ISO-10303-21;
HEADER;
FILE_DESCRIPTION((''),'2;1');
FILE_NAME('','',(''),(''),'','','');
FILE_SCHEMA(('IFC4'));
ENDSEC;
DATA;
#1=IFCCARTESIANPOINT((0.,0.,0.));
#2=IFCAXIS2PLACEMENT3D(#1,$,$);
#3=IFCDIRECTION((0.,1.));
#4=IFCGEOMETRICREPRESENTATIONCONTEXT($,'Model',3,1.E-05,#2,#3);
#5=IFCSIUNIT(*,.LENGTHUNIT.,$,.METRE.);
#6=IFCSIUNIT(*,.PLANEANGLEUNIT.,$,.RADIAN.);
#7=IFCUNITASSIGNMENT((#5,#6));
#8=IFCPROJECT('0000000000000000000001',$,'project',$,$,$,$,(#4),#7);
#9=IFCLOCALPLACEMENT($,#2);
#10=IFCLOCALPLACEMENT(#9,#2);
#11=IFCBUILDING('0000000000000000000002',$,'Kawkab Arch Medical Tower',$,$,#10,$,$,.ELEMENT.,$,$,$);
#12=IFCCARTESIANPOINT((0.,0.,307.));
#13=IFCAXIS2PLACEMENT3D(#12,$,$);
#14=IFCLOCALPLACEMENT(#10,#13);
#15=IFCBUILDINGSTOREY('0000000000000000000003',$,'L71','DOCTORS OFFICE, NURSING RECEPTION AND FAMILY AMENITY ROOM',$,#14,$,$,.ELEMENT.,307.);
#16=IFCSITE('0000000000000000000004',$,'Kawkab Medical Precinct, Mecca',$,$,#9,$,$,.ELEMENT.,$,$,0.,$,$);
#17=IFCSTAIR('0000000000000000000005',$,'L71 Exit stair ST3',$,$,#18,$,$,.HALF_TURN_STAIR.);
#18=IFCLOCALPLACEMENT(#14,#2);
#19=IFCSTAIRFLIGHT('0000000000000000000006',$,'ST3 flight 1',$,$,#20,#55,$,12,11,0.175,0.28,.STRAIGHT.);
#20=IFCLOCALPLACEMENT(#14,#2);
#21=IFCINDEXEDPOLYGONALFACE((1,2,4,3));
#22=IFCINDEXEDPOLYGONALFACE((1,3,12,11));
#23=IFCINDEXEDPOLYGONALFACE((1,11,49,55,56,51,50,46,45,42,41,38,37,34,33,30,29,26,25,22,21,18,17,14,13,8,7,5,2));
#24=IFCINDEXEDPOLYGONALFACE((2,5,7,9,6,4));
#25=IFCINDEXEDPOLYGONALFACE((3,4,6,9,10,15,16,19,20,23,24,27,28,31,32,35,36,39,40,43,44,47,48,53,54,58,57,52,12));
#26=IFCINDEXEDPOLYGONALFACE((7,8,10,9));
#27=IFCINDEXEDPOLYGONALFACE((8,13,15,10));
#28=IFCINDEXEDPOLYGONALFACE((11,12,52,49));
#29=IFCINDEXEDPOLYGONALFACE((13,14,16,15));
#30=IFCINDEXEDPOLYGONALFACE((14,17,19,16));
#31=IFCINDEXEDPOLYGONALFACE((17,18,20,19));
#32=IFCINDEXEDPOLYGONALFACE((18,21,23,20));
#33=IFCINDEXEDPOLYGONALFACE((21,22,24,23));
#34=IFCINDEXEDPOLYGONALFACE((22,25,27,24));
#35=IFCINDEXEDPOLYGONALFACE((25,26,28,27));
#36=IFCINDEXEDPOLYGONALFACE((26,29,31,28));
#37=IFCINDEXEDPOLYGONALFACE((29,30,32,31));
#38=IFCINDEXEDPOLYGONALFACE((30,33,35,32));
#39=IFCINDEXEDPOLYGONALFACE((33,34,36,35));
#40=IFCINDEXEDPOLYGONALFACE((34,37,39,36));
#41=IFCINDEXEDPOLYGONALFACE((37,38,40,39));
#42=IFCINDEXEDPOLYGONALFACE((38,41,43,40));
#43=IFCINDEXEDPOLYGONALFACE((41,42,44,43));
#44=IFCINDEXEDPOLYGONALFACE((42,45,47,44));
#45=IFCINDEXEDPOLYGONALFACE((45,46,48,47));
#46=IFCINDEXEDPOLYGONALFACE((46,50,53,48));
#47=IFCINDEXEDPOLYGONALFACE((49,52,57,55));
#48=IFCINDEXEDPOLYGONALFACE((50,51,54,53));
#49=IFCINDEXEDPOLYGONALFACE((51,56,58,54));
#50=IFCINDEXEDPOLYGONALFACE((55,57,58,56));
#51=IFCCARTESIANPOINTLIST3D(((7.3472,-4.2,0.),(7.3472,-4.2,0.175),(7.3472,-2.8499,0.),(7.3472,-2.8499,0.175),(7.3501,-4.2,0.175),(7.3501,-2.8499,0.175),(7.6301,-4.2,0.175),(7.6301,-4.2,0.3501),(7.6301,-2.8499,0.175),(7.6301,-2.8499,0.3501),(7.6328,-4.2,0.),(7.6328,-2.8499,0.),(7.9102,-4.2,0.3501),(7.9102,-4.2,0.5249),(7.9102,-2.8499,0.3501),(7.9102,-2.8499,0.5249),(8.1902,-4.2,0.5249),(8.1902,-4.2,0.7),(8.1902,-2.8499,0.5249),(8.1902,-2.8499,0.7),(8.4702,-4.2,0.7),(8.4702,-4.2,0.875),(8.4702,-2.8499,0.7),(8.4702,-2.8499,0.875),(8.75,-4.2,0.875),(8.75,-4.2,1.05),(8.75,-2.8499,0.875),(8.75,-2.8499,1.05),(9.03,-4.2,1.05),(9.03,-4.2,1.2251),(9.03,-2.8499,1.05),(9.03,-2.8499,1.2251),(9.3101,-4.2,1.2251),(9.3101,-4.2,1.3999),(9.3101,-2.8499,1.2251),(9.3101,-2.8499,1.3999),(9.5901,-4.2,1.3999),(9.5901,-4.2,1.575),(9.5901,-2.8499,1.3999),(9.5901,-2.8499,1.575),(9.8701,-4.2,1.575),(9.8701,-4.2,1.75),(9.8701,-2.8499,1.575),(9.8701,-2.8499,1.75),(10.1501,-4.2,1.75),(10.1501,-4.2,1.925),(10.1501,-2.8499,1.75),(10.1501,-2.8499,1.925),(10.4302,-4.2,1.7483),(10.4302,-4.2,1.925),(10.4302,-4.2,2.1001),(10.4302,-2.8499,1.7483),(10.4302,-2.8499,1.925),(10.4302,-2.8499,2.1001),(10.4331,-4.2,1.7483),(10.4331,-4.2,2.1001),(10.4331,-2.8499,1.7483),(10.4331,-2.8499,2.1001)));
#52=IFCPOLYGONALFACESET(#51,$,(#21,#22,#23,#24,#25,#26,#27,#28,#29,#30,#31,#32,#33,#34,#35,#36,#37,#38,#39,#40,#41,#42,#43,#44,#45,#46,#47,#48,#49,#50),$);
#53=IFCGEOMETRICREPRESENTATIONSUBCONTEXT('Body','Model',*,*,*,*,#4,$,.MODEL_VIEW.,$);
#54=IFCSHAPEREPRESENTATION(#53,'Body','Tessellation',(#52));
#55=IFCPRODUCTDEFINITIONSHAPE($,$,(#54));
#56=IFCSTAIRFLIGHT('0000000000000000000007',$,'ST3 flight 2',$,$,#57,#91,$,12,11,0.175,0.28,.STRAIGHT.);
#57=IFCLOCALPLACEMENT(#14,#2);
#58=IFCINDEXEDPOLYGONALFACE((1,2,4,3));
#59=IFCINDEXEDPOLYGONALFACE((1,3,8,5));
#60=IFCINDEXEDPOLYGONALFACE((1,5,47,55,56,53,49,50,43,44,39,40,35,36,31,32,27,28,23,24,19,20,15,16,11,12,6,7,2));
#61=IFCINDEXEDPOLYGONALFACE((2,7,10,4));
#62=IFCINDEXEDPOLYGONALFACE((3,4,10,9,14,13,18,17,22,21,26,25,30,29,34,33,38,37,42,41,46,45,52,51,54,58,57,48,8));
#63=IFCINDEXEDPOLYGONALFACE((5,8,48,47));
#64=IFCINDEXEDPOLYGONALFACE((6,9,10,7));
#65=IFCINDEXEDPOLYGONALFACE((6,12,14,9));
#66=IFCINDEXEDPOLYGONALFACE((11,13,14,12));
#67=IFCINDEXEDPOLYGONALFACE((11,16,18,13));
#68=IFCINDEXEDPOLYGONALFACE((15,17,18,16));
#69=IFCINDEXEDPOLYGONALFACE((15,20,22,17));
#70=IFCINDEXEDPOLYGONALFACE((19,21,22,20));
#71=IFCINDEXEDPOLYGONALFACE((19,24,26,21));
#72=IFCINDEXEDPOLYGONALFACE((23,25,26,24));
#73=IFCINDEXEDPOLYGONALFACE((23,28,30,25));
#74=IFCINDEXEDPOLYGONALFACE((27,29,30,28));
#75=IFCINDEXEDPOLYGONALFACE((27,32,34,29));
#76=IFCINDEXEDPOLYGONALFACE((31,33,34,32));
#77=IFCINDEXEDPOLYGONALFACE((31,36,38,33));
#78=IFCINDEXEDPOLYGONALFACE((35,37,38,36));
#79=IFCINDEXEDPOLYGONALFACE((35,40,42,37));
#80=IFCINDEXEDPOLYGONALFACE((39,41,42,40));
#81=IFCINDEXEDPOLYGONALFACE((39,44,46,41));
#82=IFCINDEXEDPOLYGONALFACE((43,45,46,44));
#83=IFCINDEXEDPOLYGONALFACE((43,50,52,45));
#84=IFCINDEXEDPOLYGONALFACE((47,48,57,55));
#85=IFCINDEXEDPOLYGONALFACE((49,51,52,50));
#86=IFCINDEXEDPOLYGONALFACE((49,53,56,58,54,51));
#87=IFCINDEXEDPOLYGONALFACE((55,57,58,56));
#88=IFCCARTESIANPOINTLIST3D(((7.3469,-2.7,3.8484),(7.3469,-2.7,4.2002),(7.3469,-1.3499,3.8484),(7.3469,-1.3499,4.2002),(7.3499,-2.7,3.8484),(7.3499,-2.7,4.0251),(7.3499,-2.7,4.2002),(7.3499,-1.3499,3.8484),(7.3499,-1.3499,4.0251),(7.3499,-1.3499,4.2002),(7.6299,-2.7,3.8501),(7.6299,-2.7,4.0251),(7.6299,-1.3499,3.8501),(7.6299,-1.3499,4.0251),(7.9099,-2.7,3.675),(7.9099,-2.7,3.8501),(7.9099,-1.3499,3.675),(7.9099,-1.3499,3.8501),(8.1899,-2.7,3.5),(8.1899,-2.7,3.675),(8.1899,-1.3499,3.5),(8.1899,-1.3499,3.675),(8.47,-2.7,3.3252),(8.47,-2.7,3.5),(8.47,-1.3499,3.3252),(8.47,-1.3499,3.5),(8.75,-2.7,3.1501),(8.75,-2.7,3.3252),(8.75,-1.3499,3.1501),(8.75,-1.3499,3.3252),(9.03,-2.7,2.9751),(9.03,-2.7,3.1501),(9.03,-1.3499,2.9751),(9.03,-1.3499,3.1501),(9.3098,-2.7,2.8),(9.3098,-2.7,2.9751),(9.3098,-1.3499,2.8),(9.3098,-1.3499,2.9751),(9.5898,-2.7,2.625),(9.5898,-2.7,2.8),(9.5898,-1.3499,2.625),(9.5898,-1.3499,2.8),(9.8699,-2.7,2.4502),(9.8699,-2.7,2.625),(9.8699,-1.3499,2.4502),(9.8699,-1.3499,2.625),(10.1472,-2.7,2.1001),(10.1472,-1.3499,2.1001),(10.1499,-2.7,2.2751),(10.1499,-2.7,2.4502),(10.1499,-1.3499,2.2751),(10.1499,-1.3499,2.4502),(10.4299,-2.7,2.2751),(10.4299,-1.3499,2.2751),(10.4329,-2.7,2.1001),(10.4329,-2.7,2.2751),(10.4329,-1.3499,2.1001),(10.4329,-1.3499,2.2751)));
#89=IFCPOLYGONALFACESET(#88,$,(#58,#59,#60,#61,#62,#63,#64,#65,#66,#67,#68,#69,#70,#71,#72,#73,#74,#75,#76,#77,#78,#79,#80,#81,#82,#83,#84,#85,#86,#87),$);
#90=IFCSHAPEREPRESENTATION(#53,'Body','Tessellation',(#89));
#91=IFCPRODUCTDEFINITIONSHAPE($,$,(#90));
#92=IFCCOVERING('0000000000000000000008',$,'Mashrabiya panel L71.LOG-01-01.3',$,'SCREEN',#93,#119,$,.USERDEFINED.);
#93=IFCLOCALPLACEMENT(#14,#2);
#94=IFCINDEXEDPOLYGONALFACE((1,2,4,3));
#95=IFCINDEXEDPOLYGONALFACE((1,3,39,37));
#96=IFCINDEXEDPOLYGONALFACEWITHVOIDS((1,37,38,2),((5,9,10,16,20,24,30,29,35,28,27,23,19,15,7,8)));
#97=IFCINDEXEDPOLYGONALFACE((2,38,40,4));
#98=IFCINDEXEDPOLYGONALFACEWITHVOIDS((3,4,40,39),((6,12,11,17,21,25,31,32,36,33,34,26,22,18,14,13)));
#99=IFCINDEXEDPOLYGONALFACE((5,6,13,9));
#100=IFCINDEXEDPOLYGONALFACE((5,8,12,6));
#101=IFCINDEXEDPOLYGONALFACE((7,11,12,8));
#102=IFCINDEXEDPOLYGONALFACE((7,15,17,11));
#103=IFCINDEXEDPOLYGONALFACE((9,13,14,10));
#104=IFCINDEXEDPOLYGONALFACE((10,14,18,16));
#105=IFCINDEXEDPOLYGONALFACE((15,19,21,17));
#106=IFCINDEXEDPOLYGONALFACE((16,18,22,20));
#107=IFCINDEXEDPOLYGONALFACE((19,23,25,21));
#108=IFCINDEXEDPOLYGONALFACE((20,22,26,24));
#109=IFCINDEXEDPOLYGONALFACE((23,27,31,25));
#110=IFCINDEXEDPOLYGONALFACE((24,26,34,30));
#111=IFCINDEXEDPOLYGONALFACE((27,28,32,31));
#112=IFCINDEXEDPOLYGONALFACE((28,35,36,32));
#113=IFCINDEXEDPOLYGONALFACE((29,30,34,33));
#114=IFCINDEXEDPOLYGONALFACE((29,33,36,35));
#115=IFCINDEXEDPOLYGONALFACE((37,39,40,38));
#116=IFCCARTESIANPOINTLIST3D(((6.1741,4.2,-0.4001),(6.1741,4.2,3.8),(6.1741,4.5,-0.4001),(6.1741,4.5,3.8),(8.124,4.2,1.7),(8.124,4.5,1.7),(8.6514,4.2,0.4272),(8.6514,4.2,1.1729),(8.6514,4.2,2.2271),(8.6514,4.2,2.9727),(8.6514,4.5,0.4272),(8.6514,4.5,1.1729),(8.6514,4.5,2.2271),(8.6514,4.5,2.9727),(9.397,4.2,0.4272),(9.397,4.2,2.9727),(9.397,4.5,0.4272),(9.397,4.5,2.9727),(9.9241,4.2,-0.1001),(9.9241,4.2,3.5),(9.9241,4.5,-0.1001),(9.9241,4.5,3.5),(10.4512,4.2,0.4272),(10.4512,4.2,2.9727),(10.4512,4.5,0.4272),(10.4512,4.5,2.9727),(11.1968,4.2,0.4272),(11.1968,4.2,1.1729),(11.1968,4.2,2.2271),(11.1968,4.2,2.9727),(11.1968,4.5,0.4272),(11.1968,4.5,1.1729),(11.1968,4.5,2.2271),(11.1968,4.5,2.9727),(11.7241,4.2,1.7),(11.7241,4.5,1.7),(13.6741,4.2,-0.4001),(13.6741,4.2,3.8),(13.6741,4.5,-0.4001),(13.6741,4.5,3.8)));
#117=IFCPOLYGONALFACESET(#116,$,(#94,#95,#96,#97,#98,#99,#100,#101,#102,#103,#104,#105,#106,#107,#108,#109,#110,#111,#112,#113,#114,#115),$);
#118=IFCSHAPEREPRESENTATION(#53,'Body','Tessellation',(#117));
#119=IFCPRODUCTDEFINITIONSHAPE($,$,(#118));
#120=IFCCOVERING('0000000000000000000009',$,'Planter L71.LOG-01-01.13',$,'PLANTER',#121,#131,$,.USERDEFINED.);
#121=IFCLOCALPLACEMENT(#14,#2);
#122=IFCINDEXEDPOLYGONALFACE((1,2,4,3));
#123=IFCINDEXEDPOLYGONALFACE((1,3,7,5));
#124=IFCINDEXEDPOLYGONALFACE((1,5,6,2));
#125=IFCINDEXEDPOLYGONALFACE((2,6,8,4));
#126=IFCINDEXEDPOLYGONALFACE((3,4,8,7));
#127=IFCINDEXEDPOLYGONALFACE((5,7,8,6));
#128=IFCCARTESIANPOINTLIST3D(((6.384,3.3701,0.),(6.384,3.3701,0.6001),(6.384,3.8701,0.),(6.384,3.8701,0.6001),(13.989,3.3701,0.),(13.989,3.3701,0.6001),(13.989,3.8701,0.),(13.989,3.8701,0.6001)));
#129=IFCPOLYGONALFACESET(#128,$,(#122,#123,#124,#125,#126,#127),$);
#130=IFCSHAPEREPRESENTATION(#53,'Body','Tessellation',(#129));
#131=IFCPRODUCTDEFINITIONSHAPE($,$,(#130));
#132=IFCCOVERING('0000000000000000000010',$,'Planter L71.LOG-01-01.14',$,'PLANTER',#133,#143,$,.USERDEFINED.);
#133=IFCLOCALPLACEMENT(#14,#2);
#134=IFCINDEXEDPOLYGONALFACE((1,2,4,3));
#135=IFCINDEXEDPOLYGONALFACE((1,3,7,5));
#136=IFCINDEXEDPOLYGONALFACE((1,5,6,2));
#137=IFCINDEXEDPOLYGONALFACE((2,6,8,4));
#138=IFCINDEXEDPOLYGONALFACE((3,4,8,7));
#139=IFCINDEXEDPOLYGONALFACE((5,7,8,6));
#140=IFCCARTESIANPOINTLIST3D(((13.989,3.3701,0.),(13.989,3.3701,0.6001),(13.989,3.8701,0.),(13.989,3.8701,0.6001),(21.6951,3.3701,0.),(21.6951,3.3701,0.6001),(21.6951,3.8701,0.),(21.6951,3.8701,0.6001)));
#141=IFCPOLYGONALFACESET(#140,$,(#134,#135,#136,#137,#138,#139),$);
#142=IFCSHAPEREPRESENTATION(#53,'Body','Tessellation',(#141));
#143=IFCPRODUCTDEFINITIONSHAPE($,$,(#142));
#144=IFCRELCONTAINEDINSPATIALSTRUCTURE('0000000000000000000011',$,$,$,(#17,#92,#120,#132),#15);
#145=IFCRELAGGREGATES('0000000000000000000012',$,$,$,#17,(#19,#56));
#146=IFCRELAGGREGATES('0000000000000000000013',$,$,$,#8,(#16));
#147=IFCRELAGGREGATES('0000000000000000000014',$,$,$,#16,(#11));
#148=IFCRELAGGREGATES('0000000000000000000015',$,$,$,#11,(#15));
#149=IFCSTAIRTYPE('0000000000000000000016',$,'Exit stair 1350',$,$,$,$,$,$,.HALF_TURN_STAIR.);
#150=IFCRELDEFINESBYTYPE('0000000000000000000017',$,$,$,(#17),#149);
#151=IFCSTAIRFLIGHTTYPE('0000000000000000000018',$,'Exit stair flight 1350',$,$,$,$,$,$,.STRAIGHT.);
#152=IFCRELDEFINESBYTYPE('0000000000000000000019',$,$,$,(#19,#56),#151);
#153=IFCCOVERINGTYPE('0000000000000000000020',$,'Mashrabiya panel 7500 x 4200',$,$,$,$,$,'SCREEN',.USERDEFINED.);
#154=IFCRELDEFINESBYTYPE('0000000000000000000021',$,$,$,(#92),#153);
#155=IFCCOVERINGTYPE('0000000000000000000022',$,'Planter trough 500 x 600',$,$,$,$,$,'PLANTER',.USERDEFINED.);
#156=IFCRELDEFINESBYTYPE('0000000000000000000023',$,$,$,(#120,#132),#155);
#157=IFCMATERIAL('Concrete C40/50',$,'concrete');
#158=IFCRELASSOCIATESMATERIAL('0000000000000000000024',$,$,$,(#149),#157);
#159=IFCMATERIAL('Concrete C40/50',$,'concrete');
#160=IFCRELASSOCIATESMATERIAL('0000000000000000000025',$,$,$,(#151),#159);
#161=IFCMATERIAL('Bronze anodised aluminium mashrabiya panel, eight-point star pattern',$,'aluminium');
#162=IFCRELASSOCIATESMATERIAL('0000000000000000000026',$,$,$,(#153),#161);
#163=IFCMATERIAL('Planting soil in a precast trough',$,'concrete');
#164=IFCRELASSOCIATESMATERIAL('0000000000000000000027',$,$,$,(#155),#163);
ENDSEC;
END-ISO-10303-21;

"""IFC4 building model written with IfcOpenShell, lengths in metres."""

from ifc_helpers import new_model, si_unit, direction, frame, origin, origin_2d, place, context, subcontext, project, spatial, polyline, rectangle, outline, extrude, material, material_profile, profile_set, type_object, element, aggregate, save


model = new_model("IFC4")

# Units and contexts
model_context = context("Model", 3, precision=1e-05, world=origin(), true_north=direction((0.0, 1.0)))
body_context = subcontext(model_context, "Body", "Model", "MODEL_VIEW")
ifc_project = project(units=[si_unit("LENGTHUNIT", "METRE"), si_unit("PLANEANGLEUNIT", "RADIAN")], contexts=[model_context])

# Site, building, storey
site_placement = place(None, origin())
site = spatial("IfcSite", under=ifc_project, at=site_placement, Name="Kawkab Medical Precinct, Mecca", CompositionType="ELEMENT", RefElevation=0.0)
building_placement = place(site_placement, origin())
building = spatial("IfcBuilding", under=site, at=building_placement, Name="Kawkab Arch Medical Tower", CompositionType="ELEMENT")
storey_placement = place(building_placement, frame((0.0, 0.0, 307.0)))
storey = spatial("IfcBuildingStorey", under=building, at=storey_placement, Name="L71", Description="DOCTORS OFFICE, NURSING RECEPTION AND FAMILY AMENITY ROOM", CompositionType="ELEMENT", Elevation=307.0)

# Shared definitions
placement = place(storey_placement, origin())

# Stair, stair flights
ifc_material_1 = material(Name="Concrete C40/50", Category="concrete")
stair_type = type_object("IfcStairType", Name="Exit stair 1350", PredefinedType="HALF_TURN_STAIR", material=ifc_material_1)
stair = element("IfcStair", 1, at=placement, inside=storey, type_object=stair_type, Name="L71 Exit stair ST3", PredefinedType="HALF_TURN_STAIR")
ifc_material_2 = material(Name="Concrete C40/50", Category="concrete")
stair_flight_type = type_object("IfcStairFlightType", Name="Exit stair flight 1350", PredefinedType="STRAIGHT", material=ifc_material_2)
stair_flight_1_placement = place(storey_placement, frame((7.3501, -3.5249, 0.0), z_axis=(0.0, 0.0, 1.0), x_axis=(1.0, 0.0, 0.0)))
stair_flight_1 = element("IfcStairFlight", 2, at=stair_flight_1_placement, type_object=stair_flight_type, Name="ST3 flight 1", NumberOfRisers=12, NumberOfTreads=11, PredefinedType="STRAIGHT", RiserHeight=0.175, TreadLength=0.28, context=body_context, shape_type="SweptSolid", body=[
    extrude(outline(polyline([(-0.0029, 0.0), (-0.0029, 0.175), (0.0, 0.175), (0.28, 0.175), (0.28, 0.3501), (0.5601, 0.3501), (0.5601, 0.5249), (0.8401, 0.5249), (0.8401, 0.7), (1.1201, 0.7), (1.1201, 0.875), (1.3999, 0.875), (1.3999, 1.05), (1.6799, 1.05), (1.6799, 1.2251), (1.96, 1.2251), (1.96, 1.3999), (2.24, 1.3999), (2.24, 1.575), (2.52, 1.575), (2.52, 1.75), (2.8, 1.75), (2.8, 1.925), (3.0801, 1.925), (3.0801, 2.1001), (3.083, 2.1001), (3.083, 1.7483), (3.0801, 1.7483), (0.2827, 0.0), (-0.0029, 0.0)])), frame((0.0, 0.675, 0.0), z_axis=(0.0, -1.0, 0.0), x_axis=(1.0, 0.0, 0.0)), (0.0, 0.0, 1.0), 1.3501),
])
stair_flight_2_placement = place(storey_placement, frame((10.4299, -2.0249, 2.1001), z_axis=(0.0, 0.0, 1.0), x_axis=(-1.0, 0.0, 0.0)))
stair_flight_2 = element("IfcStairFlight", 3, at=stair_flight_2_placement, type_object=stair_flight_type, Name="ST3 flight 2", NumberOfRisers=12, NumberOfTreads=11, PredefinedType="STRAIGHT", RiserHeight=0.175, TreadLength=0.28, context=body_context, shape_type="SweptSolid", body=[
    extrude(outline(polyline([(-0.0029, 0.0), (-0.0029, 0.175), (0.0, 0.175), (0.28, 0.175), (0.28, 0.3501), (0.5601, 0.3501), (0.5601, 0.5249), (0.8401, 0.5249), (0.8401, 0.7), (1.1201, 0.7), (1.1201, 0.875), (1.3999, 0.875), (1.3999, 1.05), (1.6799, 1.05), (1.6799, 1.2251), (1.96, 1.2251), (1.96, 1.3999), (2.24, 1.3999), (2.24, 1.575), (2.52, 1.575), (2.52, 1.75), (2.8, 1.75), (2.8, 1.925), (3.0801, 1.925), (3.0801, 2.1001), (3.083, 2.1001), (3.083, 1.7483), (3.0801, 1.7483), (0.2827, 0.0), (-0.0029, 0.0)])), frame((0.0, 0.675, 0.0), z_axis=(0.0, -1.0, 0.0), x_axis=(1.0, 0.0, 0.0)), (0.0, 0.0, 1.0), 1.3501),
])
aggregate(stair, [stair_flight_1, stair_flight_2])

# Coverings
ifc_material_3 = material(Name="Bronze anodised aluminium mashrabiya panel, eight-point star pattern", Category="aluminium")
ifc_material_profile_1 = material_profile(ifc_material_3, outline(polyline([(-3.75, -2.1001), (3.75, -2.1001), (3.75, 2.1001), (-3.75, 2.1001), (-3.75, -2.1001)]), holes=[polyline([(1.8, 0.0), (1.2727, 0.5271), (1.2727, 1.2727), (0.5271, 1.2727), (0.0, 1.8), (-0.5271, 1.2727), (-1.2727, 1.2727), (-1.2727, 0.5271), (-1.8, 0.0), (-1.2727, -0.5271), (-1.2727, -1.2727), (-0.5271, -1.2727), (0.0, -1.8), (0.5271, -1.2727), (1.2727, -1.2727), (1.2727, -0.5271), (1.8, 0.0)])]), Name="Mashrabiya panel 7500x4200")
ifc_profile_set_1 = profile_set([ifc_material_profile_1], Name="Bronze anodised aluminium mashrabiya panel, eight-point star pattern")
covering_type_1 = type_object("IfcCoveringType", Name="Mashrabiya panel 7500 x 4200", ElementType="SCREEN", PredefinedType="USERDEFINED", material=ifc_profile_set_1)
covering_1_placement = place(storey_placement, frame((9.9241, 4.2, 1.7), z_axis=(0.0, 1.0, 0.0), x_axis=(-1.0, 0.0, 0.0)))
element("IfcCovering", 4, at=covering_1_placement, inside=storey, type_object=covering_type_1, Name="Mashrabiya panel L71.LOG-01-01.3", ObjectType="SCREEN", PredefinedType="USERDEFINED", context=body_context, shape_type="SweptSolid", body=[
    extrude(outline(polyline([(-3.75, -2.1001), (3.75, -2.1001), (3.75, 2.1001), (-3.75, 2.1001), (-3.75, -2.1001)]), holes=[polyline([(1.8, 0.0), (1.2727, 0.5271), (1.2727, 1.2727), (0.5271, 1.2727), (0.0, 1.8), (-0.5271, 1.2727), (-1.2727, 1.2727), (-1.2727, 0.5271), (-1.8, 0.0), (-1.2727, -0.5271), (-1.2727, -1.2727), (-0.5271, -1.2727), (0.0, -1.8), (0.5271, -1.2727), (1.2727, -1.2727), (1.2727, -0.5271), (1.8, 0.0)])]), origin(), (0.0, 0.0, 1.0), 0.3),
])
ifc_material_4 = material(Name="Planting soil in a precast trough", Category="concrete")
ifc_material_profile_2 = material_profile(ifc_material_4, rectangle(XDim=0.5, YDim=0.6001, at=origin_2d()), Name="Trough 500x600")
ifc_profile_set_2 = profile_set([ifc_material_profile_2], Name="Planting soil in a precast trough")
covering_type_2 = type_object("IfcCoveringType", Name="Planter trough 500 x 600", ElementType="PLANTER", PredefinedType="USERDEFINED", material=ifc_profile_set_2)
covering_2_placement = place(storey_placement, frame((6.384, 3.6201, 0.3), z_axis=(1.0, 0.0, 0.0), x_axis=(0.0, 1.0, 0.0)))
element("IfcCovering", 5, at=covering_2_placement, inside=storey, type_object=covering_type_2, Name="Planter L71.LOG-01-01.13", ObjectType="PLANTER", PredefinedType="USERDEFINED", context=body_context, shape_type="SweptSolid", body=[
    extrude(rectangle(XDim=0.5, YDim=0.6001, at=origin_2d()), origin(), (0.0, 0.0, 1.0), 7.605),
])
covering_3_placement = place(storey_placement, frame((13.989, 3.6201, 0.3), z_axis=(1.0, 0.0, 0.0), x_axis=(0.0, 1.0, 0.0)))
element("IfcCovering", 6, at=covering_3_placement, inside=storey, type_object=covering_type_2, Name="Planter L71.LOG-01-01.14", ObjectType="PLANTER", PredefinedType="USERDEFINED", context=body_context, shape_type="SweptSolid", body=[
    extrude(rectangle(XDim=0.5, YDim=0.6001, at=origin_2d()), origin(), (0.0, 0.0, 1.0), 7.7061),
])

save(model, "model.ifc")
